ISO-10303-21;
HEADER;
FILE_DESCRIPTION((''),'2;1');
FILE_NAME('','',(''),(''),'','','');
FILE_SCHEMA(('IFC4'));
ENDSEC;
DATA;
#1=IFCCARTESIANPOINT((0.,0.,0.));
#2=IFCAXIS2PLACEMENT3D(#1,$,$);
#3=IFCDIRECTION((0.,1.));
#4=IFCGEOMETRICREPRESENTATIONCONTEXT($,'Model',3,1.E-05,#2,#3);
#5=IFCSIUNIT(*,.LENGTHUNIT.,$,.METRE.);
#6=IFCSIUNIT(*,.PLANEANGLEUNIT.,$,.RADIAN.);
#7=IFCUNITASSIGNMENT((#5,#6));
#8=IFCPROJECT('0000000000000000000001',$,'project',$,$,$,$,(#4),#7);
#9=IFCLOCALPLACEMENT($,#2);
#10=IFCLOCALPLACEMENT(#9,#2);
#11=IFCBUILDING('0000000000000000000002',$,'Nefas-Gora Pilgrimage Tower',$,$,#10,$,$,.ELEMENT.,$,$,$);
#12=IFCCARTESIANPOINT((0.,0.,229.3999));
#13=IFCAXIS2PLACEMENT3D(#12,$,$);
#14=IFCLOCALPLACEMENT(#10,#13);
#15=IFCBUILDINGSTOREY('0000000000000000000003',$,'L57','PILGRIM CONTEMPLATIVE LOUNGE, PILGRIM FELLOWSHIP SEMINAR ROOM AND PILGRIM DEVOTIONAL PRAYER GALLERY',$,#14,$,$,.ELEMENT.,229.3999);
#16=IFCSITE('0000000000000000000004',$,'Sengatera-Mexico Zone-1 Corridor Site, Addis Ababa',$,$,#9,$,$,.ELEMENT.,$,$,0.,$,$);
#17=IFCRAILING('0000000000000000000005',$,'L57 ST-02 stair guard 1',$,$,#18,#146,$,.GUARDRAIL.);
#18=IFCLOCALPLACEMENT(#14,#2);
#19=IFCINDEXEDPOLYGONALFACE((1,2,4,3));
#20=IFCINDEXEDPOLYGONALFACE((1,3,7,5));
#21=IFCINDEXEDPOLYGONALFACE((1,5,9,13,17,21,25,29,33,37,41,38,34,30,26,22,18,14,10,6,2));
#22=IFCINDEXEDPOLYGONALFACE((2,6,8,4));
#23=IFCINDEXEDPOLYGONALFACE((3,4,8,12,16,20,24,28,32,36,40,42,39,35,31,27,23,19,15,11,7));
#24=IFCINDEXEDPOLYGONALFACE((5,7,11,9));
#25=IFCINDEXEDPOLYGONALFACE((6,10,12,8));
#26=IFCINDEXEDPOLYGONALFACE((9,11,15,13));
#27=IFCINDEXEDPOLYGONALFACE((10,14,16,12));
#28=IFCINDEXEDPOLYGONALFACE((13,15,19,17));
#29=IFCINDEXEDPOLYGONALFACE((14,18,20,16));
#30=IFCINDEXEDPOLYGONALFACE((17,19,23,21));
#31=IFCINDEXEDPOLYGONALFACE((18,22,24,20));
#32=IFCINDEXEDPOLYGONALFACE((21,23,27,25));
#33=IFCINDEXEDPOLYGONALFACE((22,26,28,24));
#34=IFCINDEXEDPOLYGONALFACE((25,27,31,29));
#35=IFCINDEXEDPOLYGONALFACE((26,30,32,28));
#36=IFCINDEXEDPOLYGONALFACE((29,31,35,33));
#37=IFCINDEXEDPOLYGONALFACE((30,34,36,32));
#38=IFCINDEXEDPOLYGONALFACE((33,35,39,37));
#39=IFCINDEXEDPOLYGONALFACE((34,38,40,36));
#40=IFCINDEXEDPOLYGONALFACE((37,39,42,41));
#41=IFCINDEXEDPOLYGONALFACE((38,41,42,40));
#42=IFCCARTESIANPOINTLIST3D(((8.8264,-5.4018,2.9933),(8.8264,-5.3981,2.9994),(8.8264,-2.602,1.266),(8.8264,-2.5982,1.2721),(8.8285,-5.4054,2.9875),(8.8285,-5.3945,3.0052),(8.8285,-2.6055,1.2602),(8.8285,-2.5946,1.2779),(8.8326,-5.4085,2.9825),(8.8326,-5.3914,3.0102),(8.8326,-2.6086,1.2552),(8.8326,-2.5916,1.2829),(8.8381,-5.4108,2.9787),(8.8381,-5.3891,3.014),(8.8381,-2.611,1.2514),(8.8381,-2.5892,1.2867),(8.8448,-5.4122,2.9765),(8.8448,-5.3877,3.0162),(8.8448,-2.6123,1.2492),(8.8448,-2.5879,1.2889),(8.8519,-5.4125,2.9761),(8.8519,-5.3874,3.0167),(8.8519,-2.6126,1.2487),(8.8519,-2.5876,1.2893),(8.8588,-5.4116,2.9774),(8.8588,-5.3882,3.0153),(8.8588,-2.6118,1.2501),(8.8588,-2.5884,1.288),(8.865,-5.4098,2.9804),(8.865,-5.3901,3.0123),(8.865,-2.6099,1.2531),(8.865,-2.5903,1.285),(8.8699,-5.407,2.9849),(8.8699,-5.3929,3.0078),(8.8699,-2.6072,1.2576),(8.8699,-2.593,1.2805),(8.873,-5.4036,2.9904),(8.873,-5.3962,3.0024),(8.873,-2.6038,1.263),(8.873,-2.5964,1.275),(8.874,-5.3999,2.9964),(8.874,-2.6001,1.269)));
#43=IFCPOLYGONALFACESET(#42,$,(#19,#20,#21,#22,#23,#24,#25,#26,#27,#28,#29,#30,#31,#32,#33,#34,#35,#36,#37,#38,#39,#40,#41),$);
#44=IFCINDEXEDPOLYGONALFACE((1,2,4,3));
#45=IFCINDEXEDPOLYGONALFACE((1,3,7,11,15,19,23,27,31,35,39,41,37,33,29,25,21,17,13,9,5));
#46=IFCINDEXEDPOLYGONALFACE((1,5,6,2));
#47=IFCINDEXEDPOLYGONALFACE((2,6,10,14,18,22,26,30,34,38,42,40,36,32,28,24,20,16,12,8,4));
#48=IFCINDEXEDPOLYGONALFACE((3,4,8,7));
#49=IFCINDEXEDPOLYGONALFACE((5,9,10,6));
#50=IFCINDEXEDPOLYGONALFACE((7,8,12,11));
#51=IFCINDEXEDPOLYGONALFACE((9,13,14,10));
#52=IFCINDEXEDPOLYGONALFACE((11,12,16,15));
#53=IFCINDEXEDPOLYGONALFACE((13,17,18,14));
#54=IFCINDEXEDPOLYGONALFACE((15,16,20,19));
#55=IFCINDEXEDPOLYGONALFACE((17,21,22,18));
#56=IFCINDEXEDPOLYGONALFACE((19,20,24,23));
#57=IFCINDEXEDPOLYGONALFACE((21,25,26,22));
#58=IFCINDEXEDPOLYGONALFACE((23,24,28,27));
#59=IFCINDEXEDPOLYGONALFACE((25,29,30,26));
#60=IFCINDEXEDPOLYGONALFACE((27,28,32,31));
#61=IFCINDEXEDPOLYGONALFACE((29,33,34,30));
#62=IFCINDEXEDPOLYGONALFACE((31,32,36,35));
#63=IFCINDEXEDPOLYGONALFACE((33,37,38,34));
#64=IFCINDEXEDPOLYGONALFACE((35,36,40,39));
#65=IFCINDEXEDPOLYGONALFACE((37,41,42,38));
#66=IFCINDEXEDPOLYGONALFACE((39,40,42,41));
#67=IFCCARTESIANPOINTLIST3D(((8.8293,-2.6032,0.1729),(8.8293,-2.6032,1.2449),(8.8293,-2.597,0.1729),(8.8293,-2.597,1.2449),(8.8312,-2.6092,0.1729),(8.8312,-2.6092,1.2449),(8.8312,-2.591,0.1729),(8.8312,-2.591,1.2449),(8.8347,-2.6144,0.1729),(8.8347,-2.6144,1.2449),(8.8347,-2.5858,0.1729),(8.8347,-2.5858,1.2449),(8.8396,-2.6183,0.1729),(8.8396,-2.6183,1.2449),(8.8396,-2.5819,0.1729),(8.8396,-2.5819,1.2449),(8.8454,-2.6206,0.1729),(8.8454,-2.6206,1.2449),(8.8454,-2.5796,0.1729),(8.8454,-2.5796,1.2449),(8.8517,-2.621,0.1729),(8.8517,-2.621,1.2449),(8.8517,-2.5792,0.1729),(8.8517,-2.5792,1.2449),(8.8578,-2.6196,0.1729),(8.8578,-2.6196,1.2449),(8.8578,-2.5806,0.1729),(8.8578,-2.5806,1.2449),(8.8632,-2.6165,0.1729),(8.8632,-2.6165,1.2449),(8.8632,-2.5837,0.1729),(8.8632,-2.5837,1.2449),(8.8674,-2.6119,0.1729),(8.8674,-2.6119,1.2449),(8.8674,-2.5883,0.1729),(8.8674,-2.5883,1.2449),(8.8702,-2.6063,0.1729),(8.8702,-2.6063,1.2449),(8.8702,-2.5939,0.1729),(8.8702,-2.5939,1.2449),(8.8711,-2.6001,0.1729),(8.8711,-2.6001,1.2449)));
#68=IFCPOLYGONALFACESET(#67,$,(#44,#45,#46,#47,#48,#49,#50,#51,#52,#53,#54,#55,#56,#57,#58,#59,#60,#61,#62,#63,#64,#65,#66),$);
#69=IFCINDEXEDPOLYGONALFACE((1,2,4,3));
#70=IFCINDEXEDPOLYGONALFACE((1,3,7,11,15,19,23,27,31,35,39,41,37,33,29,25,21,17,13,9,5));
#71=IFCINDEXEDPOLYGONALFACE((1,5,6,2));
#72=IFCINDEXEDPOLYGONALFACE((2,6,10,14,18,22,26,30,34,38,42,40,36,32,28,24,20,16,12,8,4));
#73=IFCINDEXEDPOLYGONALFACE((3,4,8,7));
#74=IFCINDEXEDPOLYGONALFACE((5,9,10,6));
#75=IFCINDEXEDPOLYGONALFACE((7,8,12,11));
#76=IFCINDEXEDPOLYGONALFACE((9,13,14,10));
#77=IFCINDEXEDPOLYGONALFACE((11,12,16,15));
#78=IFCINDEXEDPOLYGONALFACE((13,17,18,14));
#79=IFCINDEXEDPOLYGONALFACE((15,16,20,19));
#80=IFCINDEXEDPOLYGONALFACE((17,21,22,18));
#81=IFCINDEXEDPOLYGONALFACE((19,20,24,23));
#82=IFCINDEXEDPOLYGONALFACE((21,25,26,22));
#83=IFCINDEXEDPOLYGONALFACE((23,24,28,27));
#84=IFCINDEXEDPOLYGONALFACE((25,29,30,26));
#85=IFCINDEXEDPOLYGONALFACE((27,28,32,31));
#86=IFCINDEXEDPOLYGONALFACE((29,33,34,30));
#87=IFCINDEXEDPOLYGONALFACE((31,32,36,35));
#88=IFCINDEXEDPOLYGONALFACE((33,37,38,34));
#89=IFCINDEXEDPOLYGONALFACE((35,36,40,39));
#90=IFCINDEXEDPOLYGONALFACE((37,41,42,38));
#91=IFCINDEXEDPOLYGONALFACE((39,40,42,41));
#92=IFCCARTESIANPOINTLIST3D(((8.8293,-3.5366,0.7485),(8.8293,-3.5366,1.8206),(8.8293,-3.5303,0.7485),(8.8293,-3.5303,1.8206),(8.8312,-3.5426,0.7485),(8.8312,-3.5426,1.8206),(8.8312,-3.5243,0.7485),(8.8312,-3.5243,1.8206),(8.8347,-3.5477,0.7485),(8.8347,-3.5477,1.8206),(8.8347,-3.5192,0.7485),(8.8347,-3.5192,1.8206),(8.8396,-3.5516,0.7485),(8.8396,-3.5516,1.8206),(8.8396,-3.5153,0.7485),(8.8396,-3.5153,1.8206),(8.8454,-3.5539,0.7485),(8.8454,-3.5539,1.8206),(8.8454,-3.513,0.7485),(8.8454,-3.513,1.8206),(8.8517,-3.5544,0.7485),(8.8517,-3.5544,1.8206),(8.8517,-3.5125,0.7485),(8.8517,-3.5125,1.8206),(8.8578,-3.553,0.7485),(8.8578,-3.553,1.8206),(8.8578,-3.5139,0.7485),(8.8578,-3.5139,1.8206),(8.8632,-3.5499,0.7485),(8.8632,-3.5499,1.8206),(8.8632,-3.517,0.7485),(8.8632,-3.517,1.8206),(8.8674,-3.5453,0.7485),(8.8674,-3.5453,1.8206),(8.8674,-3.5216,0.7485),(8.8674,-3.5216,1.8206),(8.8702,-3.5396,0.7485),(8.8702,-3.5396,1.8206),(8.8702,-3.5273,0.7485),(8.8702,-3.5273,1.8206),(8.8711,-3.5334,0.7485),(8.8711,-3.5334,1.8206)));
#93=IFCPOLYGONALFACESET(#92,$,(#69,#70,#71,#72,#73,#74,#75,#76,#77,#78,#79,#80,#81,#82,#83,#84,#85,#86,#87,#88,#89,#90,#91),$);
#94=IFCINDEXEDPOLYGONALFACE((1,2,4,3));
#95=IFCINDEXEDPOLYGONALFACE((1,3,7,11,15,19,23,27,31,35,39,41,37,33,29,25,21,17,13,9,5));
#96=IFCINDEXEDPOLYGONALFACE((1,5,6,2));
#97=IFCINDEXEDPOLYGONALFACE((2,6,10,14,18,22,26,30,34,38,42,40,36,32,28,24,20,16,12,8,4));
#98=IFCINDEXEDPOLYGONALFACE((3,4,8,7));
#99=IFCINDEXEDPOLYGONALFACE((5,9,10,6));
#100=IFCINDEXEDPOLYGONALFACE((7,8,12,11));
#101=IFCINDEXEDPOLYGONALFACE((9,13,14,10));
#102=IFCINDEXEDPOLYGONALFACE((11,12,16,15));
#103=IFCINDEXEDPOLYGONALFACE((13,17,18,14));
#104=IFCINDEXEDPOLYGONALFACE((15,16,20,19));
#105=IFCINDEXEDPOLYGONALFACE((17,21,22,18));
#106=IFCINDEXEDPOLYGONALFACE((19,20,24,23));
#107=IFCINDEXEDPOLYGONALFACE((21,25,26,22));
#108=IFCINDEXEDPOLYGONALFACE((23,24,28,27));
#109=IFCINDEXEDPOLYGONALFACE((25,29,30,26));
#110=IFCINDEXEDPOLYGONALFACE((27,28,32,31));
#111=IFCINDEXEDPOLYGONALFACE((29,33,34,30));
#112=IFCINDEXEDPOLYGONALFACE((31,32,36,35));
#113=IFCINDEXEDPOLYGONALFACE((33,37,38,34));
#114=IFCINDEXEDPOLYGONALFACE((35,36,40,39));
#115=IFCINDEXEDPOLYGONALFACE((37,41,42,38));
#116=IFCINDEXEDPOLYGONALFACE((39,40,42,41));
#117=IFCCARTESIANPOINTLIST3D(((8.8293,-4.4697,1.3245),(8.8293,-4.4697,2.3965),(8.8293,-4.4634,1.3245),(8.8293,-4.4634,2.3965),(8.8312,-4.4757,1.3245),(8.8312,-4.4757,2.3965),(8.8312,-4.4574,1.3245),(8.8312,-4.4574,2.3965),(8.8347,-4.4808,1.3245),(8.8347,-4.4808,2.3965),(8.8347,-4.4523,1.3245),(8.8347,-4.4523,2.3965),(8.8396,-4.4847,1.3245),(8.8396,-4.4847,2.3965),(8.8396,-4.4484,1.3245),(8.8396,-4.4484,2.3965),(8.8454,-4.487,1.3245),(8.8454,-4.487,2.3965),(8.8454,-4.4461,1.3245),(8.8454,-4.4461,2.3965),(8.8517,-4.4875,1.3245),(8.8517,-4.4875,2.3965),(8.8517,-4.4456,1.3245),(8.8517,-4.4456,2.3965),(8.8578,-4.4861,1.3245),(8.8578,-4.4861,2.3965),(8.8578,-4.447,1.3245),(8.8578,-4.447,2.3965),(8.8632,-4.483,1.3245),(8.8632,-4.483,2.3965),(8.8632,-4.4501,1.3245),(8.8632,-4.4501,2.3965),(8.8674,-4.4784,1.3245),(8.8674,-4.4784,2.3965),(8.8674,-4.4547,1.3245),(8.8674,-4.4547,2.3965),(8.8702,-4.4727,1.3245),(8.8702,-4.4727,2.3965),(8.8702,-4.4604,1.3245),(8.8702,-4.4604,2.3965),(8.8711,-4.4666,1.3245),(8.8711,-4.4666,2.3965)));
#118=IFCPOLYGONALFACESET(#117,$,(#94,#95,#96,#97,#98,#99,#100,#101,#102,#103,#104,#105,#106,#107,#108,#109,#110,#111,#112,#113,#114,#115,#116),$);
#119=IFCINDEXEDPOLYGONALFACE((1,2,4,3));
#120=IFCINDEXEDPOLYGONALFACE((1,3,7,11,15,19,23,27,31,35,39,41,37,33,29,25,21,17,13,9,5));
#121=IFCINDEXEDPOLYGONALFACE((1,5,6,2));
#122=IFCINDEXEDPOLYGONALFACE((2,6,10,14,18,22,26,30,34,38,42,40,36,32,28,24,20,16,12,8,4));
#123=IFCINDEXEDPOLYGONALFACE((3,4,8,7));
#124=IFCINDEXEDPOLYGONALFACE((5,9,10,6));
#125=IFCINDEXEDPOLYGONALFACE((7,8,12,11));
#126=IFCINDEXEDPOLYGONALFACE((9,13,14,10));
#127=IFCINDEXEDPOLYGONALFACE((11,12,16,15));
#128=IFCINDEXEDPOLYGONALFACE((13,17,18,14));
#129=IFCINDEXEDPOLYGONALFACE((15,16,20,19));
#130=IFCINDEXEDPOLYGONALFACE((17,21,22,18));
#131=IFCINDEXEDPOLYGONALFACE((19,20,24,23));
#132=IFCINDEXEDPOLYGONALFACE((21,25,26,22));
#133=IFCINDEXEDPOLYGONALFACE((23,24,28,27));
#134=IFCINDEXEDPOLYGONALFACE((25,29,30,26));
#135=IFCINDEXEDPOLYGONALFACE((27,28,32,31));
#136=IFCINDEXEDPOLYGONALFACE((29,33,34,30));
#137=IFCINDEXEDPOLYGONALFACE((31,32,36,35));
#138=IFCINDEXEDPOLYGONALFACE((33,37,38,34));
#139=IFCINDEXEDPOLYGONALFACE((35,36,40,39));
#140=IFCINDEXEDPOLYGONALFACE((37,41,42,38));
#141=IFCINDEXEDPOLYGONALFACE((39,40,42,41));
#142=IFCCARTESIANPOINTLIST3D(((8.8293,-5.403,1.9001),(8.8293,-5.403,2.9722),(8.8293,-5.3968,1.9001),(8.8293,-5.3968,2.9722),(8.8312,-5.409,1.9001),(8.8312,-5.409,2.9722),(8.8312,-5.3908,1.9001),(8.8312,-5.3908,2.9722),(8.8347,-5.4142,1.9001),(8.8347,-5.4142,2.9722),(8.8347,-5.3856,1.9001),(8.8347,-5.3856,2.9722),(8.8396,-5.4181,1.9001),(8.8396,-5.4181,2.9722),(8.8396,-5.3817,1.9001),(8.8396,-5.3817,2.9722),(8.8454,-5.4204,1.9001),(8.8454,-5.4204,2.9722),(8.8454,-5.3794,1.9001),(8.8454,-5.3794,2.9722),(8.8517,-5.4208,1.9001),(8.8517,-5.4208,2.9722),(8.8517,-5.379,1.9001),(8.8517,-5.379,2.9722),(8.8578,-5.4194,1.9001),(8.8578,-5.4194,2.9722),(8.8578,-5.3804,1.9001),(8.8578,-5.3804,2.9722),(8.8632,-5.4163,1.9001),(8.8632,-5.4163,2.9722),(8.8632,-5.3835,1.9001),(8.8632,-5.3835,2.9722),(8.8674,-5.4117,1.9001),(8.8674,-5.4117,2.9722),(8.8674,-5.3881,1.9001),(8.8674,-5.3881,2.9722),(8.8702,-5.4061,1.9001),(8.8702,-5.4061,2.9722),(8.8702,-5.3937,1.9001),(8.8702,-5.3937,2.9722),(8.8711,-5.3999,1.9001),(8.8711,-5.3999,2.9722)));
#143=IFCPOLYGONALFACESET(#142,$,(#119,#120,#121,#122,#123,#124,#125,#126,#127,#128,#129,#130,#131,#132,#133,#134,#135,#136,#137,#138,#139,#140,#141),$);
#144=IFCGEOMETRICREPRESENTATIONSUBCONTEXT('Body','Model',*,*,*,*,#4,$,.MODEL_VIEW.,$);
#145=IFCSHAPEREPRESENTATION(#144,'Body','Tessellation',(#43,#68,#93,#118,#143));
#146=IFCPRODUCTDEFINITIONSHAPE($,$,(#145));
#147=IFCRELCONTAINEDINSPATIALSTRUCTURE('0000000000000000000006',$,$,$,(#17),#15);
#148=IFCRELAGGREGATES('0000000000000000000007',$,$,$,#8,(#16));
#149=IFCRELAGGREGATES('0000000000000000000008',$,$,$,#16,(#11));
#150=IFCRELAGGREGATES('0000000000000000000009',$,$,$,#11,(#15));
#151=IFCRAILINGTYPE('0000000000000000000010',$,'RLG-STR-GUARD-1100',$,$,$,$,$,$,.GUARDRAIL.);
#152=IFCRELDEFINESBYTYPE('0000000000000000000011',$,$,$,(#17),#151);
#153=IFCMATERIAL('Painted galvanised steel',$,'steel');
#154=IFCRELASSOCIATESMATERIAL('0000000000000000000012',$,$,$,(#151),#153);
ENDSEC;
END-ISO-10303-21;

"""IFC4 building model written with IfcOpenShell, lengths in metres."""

from ifc_helpers import new_model, si_unit, direction, frame, origin, origin_2d, place, context, subcontext, project, spatial, circle, extrude, material, type_object, element, save


model = new_model("IFC4")

# Units and contexts
model_context = context("Model", 3, precision=1e-05, world=origin(), true_north=direction((0.0, 1.0)))
body_context = subcontext(model_context, "Body", "Model", "MODEL_VIEW")
ifc_project = project(units=[si_unit("LENGTHUNIT", "METRE"), si_unit("PLANEANGLEUNIT", "RADIAN")], contexts=[model_context])

# Site, building, storey
site_placement = place(None, origin())
site = spatial("IfcSite", under=ifc_project, at=site_placement, Name="Sengatera-Mexico Zone-1 Corridor Site, Addis Ababa", CompositionType="ELEMENT", RefElevation=0.0)
building_placement = place(site_placement, origin())
building = spatial("IfcBuilding", under=site, at=building_placement, Name="Nefas-Gora Pilgrimage Tower", CompositionType="ELEMENT")
storey_placement = place(building_placement, frame((0.0, 0.0, 229.3999)))
storey = spatial("IfcBuildingStorey", under=building, at=storey_placement, Name="L57", Description="PILGRIM CONTEMPLATIVE LOUNGE, PILGRIM FELLOWSHIP SEMINAR ROOM AND PILGRIM DEVOTIONAL PRAYER GALLERY", CompositionType="ELEMENT", Elevation=229.3999)

# Railing
ifc_material_1 = material(Name="Painted galvanised steel", Category="steel")
railing_type_1 = type_object("IfcRailingType", Name="RLG-STR-GUARD-1100", PredefinedType="GUARDRAIL", material=ifc_material_1)
railing_1_placement = place(storey_placement, frame((8.8501, -2.6001, 0.1729)))
element("IfcRailing", 1, at=railing_1_placement, inside=storey, type_object=railing_type_1, Name="L57 ST-02 stair guard 1", PredefinedType="GUARDRAIL", context=body_context, shape_type="SweptSolid", body=[
    extrude(circle(Radius=0.0239, at=origin_2d()), frame((0.0, 0.0, 1.0962), z_axis=(0.0, -0.851069, 0.525054), x_axis=(1.0, 0.0, 0.0)), (0.0, 0.0, 1.0), 3.2898),
    extrude(circle(Radius=0.021, at=origin_2d()), origin(), (0.0, 0.0, 1.0), 1.072),
    extrude(circle(Radius=0.021, at=origin_2d()), frame((0.0, -0.9333, 0.5757)), (0.0, 0.0, 1.0), 1.072),
    extrude(circle(Radius=0.021, at=origin_2d()), frame((0.0, -1.8665, 1.1516)), (0.0, 0.0, 1.0), 1.072),
    extrude(circle(Radius=0.021, at=origin_2d()), frame((0.0, -2.7998, 1.7273)), (0.0, 0.0, 1.0), 1.072),
])

save(model, "model.ifc")
